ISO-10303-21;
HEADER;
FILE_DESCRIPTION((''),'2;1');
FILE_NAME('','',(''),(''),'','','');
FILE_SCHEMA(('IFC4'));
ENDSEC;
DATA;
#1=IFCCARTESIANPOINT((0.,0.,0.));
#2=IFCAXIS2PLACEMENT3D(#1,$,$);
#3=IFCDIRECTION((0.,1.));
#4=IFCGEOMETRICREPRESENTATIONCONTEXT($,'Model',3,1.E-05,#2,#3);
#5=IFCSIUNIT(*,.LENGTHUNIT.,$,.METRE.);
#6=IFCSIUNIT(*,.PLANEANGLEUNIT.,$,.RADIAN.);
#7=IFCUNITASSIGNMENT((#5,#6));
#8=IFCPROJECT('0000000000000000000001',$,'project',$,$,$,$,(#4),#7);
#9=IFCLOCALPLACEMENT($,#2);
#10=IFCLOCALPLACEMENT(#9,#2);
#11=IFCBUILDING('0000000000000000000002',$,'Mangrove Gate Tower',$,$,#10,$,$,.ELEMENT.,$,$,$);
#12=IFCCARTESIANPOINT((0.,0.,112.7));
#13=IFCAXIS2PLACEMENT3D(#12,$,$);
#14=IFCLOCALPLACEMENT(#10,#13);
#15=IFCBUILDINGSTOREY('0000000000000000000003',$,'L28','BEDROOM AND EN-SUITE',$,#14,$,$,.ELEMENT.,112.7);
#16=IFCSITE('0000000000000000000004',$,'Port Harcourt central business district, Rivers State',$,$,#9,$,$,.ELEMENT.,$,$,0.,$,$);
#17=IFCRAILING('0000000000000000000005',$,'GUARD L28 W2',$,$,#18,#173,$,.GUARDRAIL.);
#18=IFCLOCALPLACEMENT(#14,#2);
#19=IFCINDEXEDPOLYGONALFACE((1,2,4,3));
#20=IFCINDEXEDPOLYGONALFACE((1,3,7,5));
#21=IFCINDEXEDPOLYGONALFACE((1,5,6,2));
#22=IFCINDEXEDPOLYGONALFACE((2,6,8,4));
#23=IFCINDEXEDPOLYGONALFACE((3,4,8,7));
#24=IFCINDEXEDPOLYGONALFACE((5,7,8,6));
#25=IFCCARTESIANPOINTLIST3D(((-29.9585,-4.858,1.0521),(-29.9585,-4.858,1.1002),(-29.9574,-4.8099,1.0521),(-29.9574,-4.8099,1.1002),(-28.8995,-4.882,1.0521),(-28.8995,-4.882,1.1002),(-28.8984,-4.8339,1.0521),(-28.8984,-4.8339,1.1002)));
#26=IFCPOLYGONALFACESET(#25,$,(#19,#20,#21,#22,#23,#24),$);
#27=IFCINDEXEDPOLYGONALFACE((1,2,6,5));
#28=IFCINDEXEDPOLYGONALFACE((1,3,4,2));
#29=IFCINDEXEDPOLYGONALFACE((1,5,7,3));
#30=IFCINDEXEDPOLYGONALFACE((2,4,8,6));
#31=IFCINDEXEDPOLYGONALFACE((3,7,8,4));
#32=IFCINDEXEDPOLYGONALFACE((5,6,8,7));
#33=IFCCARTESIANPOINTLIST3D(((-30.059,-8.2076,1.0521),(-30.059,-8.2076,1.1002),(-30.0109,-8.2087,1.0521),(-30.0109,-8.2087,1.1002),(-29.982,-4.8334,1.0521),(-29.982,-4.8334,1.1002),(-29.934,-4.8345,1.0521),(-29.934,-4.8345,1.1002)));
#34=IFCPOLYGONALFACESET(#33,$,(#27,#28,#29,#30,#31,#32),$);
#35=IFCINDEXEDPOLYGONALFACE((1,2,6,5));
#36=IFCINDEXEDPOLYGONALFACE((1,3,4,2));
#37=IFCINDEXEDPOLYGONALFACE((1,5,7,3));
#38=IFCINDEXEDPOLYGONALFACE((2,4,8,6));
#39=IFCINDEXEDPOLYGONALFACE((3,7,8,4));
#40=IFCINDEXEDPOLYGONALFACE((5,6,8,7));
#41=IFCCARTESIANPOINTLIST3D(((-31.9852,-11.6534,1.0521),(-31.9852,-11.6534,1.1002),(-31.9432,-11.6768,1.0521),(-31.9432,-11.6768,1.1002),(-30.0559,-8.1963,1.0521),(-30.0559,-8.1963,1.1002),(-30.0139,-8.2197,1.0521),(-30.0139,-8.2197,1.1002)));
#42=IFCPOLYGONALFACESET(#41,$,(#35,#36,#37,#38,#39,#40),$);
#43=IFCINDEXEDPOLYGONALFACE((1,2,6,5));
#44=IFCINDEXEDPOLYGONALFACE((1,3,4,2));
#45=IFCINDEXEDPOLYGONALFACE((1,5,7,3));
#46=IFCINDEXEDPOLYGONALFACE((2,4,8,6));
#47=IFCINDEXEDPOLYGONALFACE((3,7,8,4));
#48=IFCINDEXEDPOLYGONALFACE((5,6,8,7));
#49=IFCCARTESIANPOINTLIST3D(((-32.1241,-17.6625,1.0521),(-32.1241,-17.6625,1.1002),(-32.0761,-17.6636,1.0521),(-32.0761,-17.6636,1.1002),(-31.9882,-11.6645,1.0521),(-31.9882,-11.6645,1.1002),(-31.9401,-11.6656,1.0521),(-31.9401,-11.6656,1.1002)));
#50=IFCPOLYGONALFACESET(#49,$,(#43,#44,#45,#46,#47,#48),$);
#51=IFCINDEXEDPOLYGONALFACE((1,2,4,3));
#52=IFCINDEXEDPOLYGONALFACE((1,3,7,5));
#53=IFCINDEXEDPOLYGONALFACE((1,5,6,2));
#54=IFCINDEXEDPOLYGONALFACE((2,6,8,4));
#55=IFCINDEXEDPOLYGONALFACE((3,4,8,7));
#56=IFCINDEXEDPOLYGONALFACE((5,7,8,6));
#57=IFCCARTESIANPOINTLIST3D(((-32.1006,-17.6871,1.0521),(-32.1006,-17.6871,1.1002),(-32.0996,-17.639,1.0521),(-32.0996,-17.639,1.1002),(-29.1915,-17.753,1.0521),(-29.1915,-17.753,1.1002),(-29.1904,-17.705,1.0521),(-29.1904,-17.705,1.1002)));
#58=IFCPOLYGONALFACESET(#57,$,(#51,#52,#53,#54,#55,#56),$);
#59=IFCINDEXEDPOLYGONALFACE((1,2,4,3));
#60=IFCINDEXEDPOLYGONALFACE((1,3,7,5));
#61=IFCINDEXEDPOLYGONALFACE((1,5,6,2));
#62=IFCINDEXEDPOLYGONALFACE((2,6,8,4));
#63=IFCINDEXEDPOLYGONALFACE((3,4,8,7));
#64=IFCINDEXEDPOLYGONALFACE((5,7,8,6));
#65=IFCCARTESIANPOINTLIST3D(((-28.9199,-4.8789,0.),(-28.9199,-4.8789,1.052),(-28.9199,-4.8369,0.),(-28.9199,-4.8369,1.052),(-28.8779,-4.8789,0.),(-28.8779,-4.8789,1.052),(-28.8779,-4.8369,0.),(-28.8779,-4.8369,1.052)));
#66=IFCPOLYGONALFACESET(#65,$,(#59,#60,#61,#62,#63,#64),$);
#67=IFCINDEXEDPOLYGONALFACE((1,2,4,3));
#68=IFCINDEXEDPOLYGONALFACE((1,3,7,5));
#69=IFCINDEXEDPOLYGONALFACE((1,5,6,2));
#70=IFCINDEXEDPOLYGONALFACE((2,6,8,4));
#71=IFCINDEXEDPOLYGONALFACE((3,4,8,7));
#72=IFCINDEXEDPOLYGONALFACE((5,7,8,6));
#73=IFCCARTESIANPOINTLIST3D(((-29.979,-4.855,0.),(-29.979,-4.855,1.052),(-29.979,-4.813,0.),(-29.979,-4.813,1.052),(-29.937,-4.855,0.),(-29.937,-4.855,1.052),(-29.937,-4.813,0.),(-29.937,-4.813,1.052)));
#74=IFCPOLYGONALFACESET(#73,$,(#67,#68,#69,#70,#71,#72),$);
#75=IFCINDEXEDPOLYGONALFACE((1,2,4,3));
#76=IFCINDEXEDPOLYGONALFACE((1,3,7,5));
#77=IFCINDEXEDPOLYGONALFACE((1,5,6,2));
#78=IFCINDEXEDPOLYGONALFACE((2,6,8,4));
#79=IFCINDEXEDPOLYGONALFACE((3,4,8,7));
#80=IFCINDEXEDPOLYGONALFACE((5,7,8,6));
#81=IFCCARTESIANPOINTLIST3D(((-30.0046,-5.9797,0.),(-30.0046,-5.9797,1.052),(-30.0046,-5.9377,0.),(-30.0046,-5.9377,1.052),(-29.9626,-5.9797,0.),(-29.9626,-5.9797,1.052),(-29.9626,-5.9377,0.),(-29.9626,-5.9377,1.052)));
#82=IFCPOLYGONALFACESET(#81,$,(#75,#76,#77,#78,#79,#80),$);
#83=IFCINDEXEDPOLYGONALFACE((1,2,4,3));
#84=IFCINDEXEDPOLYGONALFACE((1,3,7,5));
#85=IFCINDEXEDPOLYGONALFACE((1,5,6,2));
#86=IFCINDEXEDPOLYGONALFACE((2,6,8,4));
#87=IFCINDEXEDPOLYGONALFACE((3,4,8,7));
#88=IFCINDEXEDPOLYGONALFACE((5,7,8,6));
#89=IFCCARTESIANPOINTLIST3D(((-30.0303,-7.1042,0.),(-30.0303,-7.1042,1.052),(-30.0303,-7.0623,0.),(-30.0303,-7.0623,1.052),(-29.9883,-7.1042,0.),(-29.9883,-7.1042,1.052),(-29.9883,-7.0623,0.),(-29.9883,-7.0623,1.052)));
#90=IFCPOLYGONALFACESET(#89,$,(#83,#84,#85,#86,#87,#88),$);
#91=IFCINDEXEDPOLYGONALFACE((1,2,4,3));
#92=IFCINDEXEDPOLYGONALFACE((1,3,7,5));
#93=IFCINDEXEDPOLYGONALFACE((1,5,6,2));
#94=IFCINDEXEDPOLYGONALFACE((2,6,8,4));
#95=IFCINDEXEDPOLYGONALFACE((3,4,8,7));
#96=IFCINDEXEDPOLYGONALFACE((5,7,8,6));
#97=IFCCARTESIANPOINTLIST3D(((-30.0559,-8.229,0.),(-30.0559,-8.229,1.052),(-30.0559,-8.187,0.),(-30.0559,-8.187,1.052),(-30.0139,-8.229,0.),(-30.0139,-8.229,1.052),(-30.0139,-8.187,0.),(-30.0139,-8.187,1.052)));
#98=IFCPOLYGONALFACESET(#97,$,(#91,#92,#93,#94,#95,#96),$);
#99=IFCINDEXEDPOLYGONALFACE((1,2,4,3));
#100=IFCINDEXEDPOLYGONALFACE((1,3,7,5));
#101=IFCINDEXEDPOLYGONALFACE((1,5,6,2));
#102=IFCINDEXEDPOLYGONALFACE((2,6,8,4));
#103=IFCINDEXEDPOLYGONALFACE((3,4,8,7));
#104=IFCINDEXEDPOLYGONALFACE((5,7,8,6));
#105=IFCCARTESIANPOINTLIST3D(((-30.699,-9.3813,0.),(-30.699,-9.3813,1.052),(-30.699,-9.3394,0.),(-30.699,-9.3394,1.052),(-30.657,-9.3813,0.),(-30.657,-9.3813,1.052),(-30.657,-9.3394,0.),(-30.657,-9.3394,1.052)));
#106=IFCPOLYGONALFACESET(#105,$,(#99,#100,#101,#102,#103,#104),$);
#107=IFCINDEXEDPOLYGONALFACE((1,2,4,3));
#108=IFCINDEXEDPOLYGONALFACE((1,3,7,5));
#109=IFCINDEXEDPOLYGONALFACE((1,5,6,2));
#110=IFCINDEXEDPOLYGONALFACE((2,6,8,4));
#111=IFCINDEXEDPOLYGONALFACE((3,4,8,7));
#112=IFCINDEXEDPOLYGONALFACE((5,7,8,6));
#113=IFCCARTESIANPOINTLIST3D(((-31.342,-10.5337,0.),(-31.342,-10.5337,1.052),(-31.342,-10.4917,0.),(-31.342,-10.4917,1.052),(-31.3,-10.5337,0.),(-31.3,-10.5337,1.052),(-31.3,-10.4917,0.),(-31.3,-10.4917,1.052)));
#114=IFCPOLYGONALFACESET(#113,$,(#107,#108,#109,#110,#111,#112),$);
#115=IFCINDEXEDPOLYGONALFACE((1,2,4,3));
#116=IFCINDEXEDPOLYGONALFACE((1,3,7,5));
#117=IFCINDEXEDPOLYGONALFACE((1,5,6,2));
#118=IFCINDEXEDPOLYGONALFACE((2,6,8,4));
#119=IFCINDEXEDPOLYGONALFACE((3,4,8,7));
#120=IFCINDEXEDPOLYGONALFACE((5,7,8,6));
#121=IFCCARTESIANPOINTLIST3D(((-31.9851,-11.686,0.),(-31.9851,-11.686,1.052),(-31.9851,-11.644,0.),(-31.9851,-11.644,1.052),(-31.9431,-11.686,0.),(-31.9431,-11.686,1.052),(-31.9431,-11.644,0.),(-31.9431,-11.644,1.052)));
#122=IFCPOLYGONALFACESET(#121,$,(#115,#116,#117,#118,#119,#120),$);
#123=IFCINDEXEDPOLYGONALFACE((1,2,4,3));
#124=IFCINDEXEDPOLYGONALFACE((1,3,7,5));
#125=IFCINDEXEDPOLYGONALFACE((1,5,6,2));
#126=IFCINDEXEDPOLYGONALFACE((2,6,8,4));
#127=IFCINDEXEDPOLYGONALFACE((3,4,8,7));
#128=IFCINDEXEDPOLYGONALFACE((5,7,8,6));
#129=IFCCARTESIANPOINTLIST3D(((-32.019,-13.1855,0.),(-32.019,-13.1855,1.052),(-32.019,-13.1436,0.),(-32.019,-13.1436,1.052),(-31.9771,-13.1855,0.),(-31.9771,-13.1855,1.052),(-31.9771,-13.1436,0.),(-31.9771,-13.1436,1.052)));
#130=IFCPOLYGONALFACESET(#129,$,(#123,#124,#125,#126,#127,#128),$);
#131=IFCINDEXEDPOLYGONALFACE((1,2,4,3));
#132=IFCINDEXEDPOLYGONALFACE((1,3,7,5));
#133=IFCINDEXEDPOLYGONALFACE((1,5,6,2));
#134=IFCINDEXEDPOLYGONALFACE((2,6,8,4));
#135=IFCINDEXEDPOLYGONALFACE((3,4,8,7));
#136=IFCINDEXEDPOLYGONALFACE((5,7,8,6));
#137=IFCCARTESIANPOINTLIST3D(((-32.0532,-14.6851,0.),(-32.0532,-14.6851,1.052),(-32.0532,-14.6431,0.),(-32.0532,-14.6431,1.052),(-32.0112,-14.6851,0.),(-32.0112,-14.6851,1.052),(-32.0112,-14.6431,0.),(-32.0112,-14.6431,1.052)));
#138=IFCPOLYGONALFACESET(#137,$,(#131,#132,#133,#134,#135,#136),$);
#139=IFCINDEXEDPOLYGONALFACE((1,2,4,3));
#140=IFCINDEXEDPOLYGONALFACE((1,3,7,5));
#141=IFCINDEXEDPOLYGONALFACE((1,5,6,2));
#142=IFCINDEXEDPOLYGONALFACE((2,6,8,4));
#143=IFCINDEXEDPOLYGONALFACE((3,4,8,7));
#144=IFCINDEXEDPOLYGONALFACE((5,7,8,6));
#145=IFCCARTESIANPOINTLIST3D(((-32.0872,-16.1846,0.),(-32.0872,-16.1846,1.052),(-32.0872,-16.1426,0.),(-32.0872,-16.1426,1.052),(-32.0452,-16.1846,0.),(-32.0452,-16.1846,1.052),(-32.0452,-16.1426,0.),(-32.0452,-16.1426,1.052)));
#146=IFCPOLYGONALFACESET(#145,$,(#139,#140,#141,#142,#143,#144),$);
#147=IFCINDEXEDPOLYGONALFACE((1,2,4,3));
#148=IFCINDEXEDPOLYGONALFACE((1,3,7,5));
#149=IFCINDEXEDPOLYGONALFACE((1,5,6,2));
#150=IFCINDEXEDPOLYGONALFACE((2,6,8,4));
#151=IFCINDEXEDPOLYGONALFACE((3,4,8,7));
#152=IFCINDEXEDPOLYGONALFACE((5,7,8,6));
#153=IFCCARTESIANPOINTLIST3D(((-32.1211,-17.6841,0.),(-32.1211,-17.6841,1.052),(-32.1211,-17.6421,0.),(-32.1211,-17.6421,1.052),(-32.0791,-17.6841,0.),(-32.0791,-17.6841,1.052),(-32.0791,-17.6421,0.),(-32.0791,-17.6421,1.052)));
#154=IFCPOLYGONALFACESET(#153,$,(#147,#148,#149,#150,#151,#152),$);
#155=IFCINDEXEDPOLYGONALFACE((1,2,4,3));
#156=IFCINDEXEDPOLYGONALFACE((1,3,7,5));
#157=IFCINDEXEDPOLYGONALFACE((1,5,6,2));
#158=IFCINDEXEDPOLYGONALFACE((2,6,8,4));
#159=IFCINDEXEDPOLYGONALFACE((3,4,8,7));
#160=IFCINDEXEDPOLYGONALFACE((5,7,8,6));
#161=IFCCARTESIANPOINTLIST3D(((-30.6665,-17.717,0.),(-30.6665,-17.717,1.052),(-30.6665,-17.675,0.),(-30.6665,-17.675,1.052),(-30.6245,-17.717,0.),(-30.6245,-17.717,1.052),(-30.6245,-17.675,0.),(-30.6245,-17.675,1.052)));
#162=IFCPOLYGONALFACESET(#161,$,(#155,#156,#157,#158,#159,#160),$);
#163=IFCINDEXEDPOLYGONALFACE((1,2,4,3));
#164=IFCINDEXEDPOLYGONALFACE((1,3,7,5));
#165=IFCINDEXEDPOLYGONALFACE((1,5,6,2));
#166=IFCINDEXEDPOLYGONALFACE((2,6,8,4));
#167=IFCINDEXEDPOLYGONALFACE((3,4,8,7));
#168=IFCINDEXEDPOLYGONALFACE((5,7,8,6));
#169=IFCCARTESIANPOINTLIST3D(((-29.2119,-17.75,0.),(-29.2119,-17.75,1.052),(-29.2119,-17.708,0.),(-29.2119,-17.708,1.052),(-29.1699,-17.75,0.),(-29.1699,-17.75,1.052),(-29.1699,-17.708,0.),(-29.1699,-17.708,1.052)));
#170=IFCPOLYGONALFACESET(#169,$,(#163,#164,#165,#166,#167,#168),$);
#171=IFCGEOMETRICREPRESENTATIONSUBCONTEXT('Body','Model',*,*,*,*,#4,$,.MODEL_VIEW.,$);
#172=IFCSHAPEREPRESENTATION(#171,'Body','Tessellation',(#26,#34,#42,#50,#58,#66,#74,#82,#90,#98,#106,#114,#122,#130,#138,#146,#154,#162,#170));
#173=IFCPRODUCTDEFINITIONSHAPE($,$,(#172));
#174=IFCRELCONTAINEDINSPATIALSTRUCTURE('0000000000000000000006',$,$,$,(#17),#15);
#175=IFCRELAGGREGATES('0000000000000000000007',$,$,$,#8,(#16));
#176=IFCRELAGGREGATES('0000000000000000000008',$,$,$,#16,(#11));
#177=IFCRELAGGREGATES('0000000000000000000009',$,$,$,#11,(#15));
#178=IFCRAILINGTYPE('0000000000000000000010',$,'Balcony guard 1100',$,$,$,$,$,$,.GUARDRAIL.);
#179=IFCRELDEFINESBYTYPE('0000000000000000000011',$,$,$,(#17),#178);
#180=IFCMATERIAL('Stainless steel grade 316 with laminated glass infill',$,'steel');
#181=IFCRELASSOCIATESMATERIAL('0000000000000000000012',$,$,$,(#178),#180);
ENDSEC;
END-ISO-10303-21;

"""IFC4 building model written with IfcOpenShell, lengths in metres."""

from ifc_helpers import new_model, si_unit, direction, frame, origin, origin_2d, place, context, subcontext, project, spatial, rectangle, extrude, material, type_object, element, save


model = new_model("IFC4")

# Units and contexts
model_context = context("Model", 3, precision=1e-05, world=origin(), true_north=direction((0.0, 1.0)))
body_context = subcontext(model_context, "Body", "Model", "MODEL_VIEW")
ifc_project = project(units=[si_unit("LENGTHUNIT", "METRE"), si_unit("PLANEANGLEUNIT", "RADIAN")], contexts=[model_context])

# Site, building, storey
site_placement = place(None, origin())
site = spatial("IfcSite", under=ifc_project, at=site_placement, Name="Port Harcourt central business district, Rivers State", CompositionType="ELEMENT", RefElevation=0.0)
building_placement = place(site_placement, origin())
building = spatial("IfcBuilding", under=site, at=building_placement, Name="Mangrove Gate Tower", CompositionType="ELEMENT")
storey_placement = place(building_placement, frame((0.0, 0.0, 112.7)))
storey = spatial("IfcBuildingStorey", under=building, at=storey_placement, Name="L28", Description="BEDROOM AND EN-SUITE", CompositionType="ELEMENT", Elevation=112.7)

# Railing
ifc_material_1 = material(Name="Stainless steel grade 316 with laminated glass infill", Category="steel")
railing_type = type_object("IfcRailingType", Name="Balcony guard 1100", PredefinedType="GUARDRAIL", material=ifc_material_1)
railing_placement = place(storey_placement, frame((-28.8989, -4.8579, 0.0)))
element("IfcRailing", 1, at=railing_placement, inside=storey, type_object=railing_type, Name="GUARD L28 W2", PredefinedType="GUARDRAIL", context=body_context, shape_type="SweptSolid", body=[
    extrude(rectangle(XDim=0.0481, YDim=0.0481, at=origin_2d()), frame((0.0, 0.0, 1.0762), z_axis=(-0.999745, 0.022585, 0.0), x_axis=(-0.022585, -0.999745, 0.0)), (0.0, 0.0, 1.0), 1.0593),
    extrude(rectangle(XDim=0.0481, YDim=0.0481, at=origin_2d()), frame((-1.0591, 0.0239, 1.0762), z_axis=(-0.022787, -0.99974, 0.0), x_axis=(0.99974, -0.022787, 0.0)), (0.0, 0.0, 1.0), 3.375),
    extrude(rectangle(XDim=0.0481, YDim=0.0481, at=origin_2d()), frame((-1.136, -3.3501, 1.0762), z_axis=(-0.487307, -0.873231, 0.0), x_axis=(0.873231, -0.487307, 0.0)), (0.0, 0.0, 1.0), 3.959),
    extrude(rectangle(XDim=0.0481, YDim=0.0481, at=origin_2d()), frame((-3.0652, -6.8071, 1.0762), z_axis=(-0.022666, -0.999743, 0.0), x_axis=(0.999743, -0.022666, 0.0)), (0.0, 0.0, 1.0), 5.9995),
    extrude(rectangle(XDim=0.0481, YDim=0.0481, at=origin_2d()), frame((-3.2012, -12.8052, 1.0762), z_axis=(0.999743, -0.022653, 0.0), x_axis=(0.022653, 0.999743, 0.0)), (0.0, 0.0, 1.0), 2.9099),
    extrude(rectangle(XDim=0.042, YDim=0.042, at=origin_2d()), origin(), (0.0, 0.0, 1.0), 1.052),
    extrude(rectangle(XDim=0.042, YDim=0.042, at=origin_2d()), frame((-1.0591, 0.0239, 0.0)), (0.0, 0.0, 1.0), 1.052),
    extrude(rectangle(XDim=0.042, YDim=0.042, at=origin_2d()), frame((-1.0847, -1.1008, 0.0)), (0.0, 0.0, 1.0), 1.052),
    extrude(rectangle(XDim=0.042, YDim=0.042, at=origin_2d()), frame((-1.1104, -2.2253, 0.0)), (0.0, 0.0, 1.0), 1.052),
    extrude(rectangle(XDim=0.042, YDim=0.042, at=origin_2d()), frame((-1.136, -3.3501, 0.0)), (0.0, 0.0, 1.0), 1.052),
    extrude(rectangle(XDim=0.042, YDim=0.042, at=origin_2d()), frame((-1.7791, -4.5024, 0.0)), (0.0, 0.0, 1.0), 1.052),
    extrude(rectangle(XDim=0.042, YDim=0.042, at=origin_2d()), frame((-2.4221, -5.6548, 0.0)), (0.0, 0.0, 1.0), 1.052),
    extrude(rectangle(XDim=0.042, YDim=0.042, at=origin_2d()), frame((-3.0652, -6.8071, 0.0)), (0.0, 0.0, 1.0), 1.052),
    extrude(rectangle(XDim=0.042, YDim=0.042, at=origin_2d()), frame((-3.0991, -8.3066, 0.0)), (0.0, 0.0, 1.0), 1.052),
    extrude(rectangle(XDim=0.042, YDim=0.042, at=origin_2d()), frame((-3.1333, -9.8062, 0.0)), (0.0, 0.0, 1.0), 1.052),
    extrude(rectangle(XDim=0.042, YDim=0.042, at=origin_2d()), frame((-3.1672, -11.3057, 0.0)), (0.0, 0.0, 1.0), 1.052),
    extrude(rectangle(XDim=0.042, YDim=0.042, at=origin_2d()), frame((-3.2012, -12.8052, 0.0)), (0.0, 0.0, 1.0), 1.052),
    extrude(rectangle(XDim=0.042, YDim=0.042, at=origin_2d()), frame((-1.7466, -12.8381, 0.0)), (0.0, 0.0, 1.0), 1.052),
    extrude(rectangle(XDim=0.042, YDim=0.042, at=origin_2d()), frame((-0.292, -12.8711, 0.0)), (0.0, 0.0, 1.0), 1.052),
])

save(model, "model.ifc")
